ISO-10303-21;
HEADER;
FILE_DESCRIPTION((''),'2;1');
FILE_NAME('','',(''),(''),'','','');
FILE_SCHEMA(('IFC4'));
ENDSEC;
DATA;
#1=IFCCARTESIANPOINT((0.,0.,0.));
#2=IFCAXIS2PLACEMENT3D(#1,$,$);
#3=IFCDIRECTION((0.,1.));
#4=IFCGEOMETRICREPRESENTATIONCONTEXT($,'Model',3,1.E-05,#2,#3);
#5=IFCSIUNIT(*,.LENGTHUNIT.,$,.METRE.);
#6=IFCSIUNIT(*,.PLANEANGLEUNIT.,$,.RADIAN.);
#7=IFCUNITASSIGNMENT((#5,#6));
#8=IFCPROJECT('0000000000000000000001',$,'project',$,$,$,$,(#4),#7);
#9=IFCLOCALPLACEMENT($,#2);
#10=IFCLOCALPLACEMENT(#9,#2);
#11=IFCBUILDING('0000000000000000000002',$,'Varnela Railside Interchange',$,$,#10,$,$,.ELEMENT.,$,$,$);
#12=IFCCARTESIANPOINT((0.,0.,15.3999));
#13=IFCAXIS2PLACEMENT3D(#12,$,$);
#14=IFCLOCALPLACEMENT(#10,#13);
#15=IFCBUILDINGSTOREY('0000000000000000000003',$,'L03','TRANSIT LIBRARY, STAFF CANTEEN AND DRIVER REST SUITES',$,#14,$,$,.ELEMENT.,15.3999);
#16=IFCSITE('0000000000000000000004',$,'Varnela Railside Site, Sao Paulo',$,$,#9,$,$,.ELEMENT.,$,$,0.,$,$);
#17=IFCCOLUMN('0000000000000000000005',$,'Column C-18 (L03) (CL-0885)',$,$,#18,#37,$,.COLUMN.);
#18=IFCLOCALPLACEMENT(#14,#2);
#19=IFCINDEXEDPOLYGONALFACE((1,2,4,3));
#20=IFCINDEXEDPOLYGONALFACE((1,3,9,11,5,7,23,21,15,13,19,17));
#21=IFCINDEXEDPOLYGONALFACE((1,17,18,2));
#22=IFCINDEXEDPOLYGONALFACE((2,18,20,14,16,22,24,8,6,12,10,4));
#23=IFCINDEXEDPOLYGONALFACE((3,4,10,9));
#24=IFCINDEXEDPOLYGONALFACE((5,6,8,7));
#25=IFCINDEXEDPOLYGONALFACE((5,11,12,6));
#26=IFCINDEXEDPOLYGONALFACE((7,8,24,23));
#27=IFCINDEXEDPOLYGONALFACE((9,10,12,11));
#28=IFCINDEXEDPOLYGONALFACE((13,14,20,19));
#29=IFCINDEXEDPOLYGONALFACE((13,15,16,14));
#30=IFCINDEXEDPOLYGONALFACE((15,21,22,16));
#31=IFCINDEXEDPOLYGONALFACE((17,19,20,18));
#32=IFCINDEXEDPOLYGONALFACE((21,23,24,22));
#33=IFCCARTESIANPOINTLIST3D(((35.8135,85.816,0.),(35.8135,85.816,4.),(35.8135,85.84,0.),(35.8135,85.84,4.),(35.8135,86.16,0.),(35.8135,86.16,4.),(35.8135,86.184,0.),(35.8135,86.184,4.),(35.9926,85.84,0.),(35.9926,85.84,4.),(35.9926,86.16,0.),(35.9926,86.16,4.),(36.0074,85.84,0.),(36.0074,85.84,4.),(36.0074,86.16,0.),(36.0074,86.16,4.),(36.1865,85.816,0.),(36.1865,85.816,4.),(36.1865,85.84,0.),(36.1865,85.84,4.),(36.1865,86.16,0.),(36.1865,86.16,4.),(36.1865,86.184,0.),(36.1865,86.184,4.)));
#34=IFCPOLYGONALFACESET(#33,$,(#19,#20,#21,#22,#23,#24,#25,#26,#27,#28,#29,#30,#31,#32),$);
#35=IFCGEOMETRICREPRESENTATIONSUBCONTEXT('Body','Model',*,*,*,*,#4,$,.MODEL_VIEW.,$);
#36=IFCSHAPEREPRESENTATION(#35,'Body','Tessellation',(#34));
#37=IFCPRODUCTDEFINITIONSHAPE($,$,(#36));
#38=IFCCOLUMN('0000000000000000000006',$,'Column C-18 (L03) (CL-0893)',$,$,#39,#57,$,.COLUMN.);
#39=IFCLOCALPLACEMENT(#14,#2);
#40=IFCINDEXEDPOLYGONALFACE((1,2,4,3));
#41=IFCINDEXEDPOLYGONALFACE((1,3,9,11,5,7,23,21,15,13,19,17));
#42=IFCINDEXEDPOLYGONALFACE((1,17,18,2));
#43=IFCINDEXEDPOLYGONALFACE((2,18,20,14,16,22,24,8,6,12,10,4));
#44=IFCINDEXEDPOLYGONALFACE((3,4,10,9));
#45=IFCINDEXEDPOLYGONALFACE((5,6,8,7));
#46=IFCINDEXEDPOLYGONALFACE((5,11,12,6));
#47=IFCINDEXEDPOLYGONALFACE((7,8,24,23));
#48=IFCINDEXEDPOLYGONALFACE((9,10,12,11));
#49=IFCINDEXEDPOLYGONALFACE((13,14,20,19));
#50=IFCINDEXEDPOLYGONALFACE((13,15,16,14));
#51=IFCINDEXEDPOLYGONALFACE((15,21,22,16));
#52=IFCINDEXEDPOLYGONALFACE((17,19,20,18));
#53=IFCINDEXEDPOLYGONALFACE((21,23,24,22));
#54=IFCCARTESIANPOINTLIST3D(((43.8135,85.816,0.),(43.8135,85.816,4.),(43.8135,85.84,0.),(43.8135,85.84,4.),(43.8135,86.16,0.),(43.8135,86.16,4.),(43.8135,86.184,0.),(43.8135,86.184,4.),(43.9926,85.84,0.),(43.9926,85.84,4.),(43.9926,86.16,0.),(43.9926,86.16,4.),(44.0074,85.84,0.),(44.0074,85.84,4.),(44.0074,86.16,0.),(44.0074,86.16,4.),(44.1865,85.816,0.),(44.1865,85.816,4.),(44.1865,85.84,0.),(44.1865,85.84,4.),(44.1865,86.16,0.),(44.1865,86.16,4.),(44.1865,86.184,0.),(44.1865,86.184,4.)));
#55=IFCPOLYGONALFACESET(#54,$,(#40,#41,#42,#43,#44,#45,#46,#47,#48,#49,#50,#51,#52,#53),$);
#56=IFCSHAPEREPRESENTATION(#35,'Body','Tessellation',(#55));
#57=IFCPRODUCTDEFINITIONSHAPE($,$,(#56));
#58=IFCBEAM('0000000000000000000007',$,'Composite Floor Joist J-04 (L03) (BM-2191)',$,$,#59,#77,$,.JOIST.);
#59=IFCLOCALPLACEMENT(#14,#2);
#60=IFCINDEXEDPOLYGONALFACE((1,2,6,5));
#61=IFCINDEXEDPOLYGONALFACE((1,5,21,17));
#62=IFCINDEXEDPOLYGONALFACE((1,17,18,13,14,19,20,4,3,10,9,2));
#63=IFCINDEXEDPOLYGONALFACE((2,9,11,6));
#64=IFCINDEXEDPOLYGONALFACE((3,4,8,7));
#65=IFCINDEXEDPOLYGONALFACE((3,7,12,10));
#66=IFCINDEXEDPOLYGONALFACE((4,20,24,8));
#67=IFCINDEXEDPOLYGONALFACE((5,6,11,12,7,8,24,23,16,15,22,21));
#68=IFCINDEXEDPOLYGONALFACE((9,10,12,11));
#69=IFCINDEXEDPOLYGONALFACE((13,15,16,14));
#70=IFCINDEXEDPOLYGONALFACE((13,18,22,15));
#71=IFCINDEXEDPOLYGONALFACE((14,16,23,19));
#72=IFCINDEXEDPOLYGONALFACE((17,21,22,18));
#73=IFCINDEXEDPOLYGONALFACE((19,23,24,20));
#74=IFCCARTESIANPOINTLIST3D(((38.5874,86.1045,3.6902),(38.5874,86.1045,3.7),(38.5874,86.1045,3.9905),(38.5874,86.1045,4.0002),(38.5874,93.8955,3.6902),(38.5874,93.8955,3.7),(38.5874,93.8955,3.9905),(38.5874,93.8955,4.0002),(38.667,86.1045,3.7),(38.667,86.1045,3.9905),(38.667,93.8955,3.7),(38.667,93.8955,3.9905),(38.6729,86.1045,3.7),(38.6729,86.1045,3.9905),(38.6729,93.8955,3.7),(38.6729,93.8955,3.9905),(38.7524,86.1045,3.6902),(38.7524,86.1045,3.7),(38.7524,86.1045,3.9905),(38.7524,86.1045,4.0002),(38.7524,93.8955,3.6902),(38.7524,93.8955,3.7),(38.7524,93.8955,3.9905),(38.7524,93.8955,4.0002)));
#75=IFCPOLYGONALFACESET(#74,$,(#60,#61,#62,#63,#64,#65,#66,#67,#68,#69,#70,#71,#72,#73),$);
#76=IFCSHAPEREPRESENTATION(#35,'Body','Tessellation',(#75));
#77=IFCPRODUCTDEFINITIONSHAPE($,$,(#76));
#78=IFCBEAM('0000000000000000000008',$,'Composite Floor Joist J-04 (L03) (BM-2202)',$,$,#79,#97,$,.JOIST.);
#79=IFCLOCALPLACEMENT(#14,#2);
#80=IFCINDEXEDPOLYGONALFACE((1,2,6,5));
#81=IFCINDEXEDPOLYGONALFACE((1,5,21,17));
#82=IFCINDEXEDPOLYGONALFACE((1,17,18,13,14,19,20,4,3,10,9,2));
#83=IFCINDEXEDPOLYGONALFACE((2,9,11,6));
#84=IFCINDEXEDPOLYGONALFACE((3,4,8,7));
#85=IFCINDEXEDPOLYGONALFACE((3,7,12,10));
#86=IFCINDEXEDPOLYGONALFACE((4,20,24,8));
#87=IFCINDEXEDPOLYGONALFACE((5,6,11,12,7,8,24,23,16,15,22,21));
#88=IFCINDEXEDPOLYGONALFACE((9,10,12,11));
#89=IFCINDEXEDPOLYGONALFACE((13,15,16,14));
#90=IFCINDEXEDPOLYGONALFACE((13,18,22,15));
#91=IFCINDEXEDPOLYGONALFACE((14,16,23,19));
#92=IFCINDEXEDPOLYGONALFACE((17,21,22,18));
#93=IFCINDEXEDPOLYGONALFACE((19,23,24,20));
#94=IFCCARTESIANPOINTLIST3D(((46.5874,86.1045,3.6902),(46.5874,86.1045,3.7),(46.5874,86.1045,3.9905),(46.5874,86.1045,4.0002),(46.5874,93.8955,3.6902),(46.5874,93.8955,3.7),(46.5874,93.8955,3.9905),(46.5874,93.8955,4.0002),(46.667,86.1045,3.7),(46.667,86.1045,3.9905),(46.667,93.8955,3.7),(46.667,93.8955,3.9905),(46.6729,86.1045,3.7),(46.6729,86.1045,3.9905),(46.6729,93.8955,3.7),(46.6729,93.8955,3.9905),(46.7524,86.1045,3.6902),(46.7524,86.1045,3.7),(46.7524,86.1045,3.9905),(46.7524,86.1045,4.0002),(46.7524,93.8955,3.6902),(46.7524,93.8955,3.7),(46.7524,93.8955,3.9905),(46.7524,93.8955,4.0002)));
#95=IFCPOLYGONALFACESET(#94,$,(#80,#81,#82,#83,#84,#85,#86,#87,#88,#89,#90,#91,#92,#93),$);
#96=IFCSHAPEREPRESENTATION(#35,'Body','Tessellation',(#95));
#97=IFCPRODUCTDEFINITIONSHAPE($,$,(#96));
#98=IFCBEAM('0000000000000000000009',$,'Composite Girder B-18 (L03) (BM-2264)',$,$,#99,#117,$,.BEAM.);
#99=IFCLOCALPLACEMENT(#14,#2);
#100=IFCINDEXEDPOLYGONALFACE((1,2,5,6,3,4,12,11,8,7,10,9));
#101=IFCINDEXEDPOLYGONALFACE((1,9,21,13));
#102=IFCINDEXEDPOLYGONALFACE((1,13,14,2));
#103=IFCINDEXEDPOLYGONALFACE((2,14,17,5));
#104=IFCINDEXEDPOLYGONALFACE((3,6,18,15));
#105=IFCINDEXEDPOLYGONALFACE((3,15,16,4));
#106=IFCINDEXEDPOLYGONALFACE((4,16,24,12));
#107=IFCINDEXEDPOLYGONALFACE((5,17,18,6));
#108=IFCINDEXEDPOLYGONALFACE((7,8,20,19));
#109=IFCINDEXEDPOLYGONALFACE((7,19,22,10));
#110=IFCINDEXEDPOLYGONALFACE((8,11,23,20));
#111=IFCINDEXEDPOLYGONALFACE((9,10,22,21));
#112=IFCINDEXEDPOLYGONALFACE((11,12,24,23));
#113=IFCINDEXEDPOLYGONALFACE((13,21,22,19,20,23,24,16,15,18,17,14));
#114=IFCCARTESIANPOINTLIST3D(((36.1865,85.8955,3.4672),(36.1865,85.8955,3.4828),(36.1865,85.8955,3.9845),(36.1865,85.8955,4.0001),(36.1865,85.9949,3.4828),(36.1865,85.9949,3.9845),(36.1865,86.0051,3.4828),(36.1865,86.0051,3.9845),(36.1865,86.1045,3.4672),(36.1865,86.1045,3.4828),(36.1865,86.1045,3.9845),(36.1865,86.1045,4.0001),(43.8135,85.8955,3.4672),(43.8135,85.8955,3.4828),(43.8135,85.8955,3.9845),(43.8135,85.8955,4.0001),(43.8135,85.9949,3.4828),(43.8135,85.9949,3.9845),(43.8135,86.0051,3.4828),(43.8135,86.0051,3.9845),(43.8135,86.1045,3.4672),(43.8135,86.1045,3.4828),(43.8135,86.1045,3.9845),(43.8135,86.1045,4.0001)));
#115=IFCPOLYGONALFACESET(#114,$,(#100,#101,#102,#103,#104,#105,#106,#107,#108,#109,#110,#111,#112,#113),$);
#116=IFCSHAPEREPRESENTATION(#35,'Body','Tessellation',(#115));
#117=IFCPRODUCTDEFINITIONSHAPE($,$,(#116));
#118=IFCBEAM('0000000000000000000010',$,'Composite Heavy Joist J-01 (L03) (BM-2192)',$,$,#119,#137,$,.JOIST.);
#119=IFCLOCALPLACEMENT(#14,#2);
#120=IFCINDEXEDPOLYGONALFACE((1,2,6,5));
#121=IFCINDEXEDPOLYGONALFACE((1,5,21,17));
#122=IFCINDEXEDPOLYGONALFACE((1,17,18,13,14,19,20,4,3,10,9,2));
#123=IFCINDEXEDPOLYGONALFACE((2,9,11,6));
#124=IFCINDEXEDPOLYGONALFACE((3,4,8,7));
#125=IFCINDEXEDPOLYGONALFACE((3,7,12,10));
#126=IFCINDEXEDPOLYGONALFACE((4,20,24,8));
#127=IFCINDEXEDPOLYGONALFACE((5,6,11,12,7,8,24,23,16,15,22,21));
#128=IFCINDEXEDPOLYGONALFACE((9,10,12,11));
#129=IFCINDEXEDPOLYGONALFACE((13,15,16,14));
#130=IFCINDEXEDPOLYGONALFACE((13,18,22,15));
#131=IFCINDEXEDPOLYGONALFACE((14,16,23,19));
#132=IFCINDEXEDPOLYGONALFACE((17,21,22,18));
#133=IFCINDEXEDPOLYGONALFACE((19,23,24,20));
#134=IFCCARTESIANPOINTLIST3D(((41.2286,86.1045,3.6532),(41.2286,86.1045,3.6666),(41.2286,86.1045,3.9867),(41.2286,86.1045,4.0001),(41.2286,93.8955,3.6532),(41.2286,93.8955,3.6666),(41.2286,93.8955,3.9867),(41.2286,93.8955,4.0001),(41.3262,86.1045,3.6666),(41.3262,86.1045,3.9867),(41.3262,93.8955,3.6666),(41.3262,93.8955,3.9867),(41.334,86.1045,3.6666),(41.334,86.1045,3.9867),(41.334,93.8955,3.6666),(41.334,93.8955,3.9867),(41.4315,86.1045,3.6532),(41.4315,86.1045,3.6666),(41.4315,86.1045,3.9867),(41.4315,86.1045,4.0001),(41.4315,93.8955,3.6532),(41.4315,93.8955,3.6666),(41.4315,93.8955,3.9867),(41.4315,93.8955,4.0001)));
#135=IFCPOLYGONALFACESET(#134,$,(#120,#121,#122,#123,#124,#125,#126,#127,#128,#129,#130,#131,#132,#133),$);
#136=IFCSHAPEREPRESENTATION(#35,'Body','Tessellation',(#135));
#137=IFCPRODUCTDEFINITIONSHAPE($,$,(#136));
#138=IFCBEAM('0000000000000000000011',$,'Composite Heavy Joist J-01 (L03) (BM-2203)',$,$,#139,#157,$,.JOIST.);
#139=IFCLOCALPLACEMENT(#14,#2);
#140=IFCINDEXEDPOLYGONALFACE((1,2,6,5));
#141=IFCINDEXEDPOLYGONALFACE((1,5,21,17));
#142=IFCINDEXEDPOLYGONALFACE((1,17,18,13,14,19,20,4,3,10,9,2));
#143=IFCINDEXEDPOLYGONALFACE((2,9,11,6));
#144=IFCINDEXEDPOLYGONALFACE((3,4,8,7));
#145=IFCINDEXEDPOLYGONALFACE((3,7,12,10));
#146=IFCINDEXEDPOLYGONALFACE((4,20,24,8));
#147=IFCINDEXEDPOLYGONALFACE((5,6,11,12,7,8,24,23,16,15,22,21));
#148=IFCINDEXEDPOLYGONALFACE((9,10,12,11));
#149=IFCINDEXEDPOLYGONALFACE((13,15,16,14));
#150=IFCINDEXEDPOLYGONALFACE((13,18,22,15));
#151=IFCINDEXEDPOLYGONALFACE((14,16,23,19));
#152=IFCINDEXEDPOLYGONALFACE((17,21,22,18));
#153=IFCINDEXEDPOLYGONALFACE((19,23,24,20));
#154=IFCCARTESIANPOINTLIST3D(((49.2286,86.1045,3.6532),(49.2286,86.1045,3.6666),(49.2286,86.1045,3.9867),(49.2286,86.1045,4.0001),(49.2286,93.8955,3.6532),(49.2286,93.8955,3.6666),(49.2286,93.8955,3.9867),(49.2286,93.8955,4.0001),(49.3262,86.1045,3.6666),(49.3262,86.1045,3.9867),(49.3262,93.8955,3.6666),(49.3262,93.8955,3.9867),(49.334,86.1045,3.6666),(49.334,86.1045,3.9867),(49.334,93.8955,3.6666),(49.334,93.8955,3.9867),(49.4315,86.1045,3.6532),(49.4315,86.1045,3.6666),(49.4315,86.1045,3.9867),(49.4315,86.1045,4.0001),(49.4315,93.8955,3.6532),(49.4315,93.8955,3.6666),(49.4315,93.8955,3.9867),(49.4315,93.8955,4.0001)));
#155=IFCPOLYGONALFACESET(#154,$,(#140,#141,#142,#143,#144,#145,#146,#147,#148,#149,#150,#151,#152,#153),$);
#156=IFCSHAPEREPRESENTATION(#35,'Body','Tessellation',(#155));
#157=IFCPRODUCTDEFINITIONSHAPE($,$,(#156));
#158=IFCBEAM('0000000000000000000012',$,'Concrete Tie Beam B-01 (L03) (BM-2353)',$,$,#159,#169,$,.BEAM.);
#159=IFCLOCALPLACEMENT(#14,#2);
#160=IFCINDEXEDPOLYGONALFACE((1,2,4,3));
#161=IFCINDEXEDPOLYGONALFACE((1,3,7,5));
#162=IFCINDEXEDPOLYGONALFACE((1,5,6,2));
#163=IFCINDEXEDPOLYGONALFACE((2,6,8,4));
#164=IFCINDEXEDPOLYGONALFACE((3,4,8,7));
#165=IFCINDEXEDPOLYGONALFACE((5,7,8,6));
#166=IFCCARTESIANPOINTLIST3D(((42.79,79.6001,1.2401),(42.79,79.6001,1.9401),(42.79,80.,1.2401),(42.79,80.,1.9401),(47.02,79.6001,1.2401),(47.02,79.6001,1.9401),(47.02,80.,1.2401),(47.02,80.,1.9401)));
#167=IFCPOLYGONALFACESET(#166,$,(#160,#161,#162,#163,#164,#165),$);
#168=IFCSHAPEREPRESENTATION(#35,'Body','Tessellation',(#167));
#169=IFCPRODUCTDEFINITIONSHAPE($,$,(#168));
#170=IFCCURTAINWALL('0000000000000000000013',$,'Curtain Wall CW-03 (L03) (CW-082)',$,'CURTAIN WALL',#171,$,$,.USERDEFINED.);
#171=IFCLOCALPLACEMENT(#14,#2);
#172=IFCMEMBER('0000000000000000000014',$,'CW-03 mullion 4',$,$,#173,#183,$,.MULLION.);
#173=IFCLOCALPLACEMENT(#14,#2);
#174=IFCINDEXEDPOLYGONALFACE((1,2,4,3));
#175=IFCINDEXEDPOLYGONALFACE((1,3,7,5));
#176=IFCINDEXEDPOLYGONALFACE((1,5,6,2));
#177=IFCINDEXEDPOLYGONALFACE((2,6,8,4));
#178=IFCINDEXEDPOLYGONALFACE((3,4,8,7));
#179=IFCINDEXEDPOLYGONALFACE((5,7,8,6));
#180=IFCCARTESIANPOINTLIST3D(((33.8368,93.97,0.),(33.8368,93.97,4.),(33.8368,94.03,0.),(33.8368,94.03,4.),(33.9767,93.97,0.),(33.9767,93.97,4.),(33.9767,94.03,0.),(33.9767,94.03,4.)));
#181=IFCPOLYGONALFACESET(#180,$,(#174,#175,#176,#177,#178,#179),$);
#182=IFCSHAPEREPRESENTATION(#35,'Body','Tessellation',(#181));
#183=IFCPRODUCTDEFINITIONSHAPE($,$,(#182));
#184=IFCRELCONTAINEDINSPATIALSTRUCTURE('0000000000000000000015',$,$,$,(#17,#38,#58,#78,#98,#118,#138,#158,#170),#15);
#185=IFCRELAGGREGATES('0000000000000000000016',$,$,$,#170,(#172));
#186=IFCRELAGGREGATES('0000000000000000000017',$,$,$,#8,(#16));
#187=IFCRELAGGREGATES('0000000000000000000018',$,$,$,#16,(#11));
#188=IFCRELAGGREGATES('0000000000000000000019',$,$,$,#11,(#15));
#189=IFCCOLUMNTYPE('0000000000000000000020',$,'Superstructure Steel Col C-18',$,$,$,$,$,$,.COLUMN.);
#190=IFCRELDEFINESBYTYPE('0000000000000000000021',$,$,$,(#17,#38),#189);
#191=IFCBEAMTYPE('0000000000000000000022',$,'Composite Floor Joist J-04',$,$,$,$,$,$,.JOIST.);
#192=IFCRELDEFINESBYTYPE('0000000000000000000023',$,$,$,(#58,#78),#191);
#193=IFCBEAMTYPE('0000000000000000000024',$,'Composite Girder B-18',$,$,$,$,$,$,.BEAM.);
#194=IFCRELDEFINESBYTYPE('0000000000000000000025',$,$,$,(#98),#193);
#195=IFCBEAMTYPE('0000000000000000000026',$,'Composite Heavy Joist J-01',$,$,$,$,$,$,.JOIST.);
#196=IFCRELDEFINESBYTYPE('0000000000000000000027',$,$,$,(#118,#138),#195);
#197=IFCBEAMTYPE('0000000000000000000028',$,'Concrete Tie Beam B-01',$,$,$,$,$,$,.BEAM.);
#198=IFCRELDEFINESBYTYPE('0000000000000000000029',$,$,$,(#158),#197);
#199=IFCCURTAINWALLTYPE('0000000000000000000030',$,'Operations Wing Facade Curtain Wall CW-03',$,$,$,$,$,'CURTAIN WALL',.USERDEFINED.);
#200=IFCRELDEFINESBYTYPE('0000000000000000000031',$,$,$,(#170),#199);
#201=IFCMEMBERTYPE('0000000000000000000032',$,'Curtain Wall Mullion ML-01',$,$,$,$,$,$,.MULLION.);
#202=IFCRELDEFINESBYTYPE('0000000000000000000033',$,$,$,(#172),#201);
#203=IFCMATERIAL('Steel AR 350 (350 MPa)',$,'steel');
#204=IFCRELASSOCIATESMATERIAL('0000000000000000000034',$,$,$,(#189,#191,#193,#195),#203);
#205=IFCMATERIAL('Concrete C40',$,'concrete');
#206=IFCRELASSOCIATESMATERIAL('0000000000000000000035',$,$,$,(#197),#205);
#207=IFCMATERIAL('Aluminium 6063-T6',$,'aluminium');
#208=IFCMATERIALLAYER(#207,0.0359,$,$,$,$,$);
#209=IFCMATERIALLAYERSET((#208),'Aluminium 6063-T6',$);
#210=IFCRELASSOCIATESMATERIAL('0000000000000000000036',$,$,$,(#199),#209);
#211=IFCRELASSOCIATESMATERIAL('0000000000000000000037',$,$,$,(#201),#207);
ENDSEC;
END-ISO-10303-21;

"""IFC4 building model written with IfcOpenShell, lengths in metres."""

from ifc_helpers import new_model, si_unit, direction, frame, origin, origin_2d, place, context, subcontext, project, spatial, rectangle, i_section, extrude, material, layer, layer_set, material_profile, profile_set, type_object, element, aggregate, save


model = new_model("IFC4")

# Units and contexts
model_context = context("Model", 3, precision=1e-05, world=origin(), true_north=direction((0.0, 1.0)))
body_context = subcontext(model_context, "Body", "Model", "MODEL_VIEW")
ifc_project = project(units=[si_unit("LENGTHUNIT", "METRE"), si_unit("PLANEANGLEUNIT", "RADIAN")], contexts=[model_context])

# Site, building, storey
site_placement = place(None, origin())
site = spatial("IfcSite", under=ifc_project, at=site_placement, Name="Varnela Railside Site, Sao Paulo", CompositionType="ELEMENT", RefElevation=0.0)
building_placement = place(site_placement, origin())
building = spatial("IfcBuilding", under=site, at=building_placement, Name="Varnela Railside Interchange", CompositionType="ELEMENT")
storey_placement = place(building_placement, frame((0.0, 0.0, 15.3999)))
storey = spatial("IfcBuildingStorey", under=building, at=storey_placement, Name="L03", Description="TRANSIT LIBRARY, STAFF CANTEEN AND DRIVER REST SUITES", CompositionType="ELEMENT", Elevation=15.3999)

# Columns
ifc_material_1 = material(Name="Steel AR 350 (350 MPa)", Category="steel")
ifc_material_profile_1 = material_profile(ifc_material_1, i_section(OverallWidth=0.373, OverallDepth=0.3679, WebThickness=0.0149, FlangeThickness=0.0239, at=origin_2d()), Name="W360x179")
ifc_profile_set_1 = profile_set([ifc_material_profile_1], Name="Steel AR 350 (350 MPa)")
column_type = type_object("IfcColumnType", Name="Superstructure Steel Col C-18", PredefinedType="COLUMN", material=ifc_profile_set_1)
for number, where, z_axis, x_axis, name in (
    (1, (36.0, 86.0, 0.0), (0.0, 0.0, 1.0), (1.0, 0.0, 0.0), "Column C-18 (L03) (CL-0885)"),
    (2, (44.0, 86.0, 0.0), (0.0, 0.0, 1.0), (1.0, 0.0, 0.0), "Column C-18 (L03) (CL-0893)"),
):
    element("IfcColumn", number, at=place(storey_placement, frame(where, z_axis=z_axis, x_axis=x_axis)), inside=storey, type_object=column_type, Name=name, PredefinedType="COLUMN", context=body_context, shape_type="SweptSolid", body=[
        extrude(i_section(OverallWidth=0.373, OverallDepth=0.3679, WebThickness=0.0149, FlangeThickness=0.0239, at=origin_2d()), origin(), (0.0, 0.0, 1.0), 4.0),
    ])

# Beams
ifc_material_profile_2 = material_profile(ifc_material_1, i_section(OverallWidth=0.165, OverallDepth=0.3101, WebThickness=0.0059, FlangeThickness=0.0098, at=origin_2d()), Name="W310x38.7")
ifc_profile_set_2 = profile_set([ifc_material_profile_2], Name="Steel AR 350 (350 MPa)")
beam_type_1 = type_object("IfcBeamType", Name="Composite Floor Joist J-04", PredefinedType="JOIST", material=ifc_profile_set_2)
for number, where, z_axis, x_axis, name in (
    (3, (38.6699, 86.1045, 3.8452), (0.0, 1.0, 0.0), (-1.0, 0.0, 0.0), "Composite Floor Joist J-04 (L03) (BM-2191)"),
    (4, (46.6699, 86.1045, 3.8452), (0.0, 1.0, 0.0), (-1.0, 0.0, 0.0), "Composite Floor Joist J-04 (L03) (BM-2202)"),
):
    element("IfcBeam", number, at=place(storey_placement, frame(where, z_axis=z_axis, x_axis=x_axis)), inside=storey, type_object=beam_type_1, Name=name, PredefinedType="JOIST", context=body_context, shape_type="SweptSolid", body=[
        extrude(i_section(OverallWidth=0.165, OverallDepth=0.3101, WebThickness=0.0059, FlangeThickness=0.0098, at=origin_2d()), origin(), (0.0, 0.0, 1.0), 7.791),
    ])
ifc_material_profile_3 = material_profile(ifc_material_1, i_section(OverallWidth=0.209, OverallDepth=0.533, WebThickness=0.0103, FlangeThickness=0.0156, at=origin_2d()), Name="W530x92")
ifc_profile_set_3 = profile_set([ifc_material_profile_3], Name="Steel AR 350 (350 MPa)")
beam_type_2 = type_object("IfcBeamType", Name="Composite Girder B-18", PredefinedType="BEAM", material=ifc_profile_set_3)
beam_1_placement = place(storey_placement, frame((36.1865, 86.0, 3.7336), z_axis=(1.0, 0.0, 0.0), x_axis=(0.0, 1.0, 0.0)))
element("IfcBeam", 5, at=beam_1_placement, inside=storey, type_object=beam_type_2, Name="Composite Girder B-18 (L03) (BM-2264)", PredefinedType="BEAM", context=body_context, shape_type="SweptSolid", body=[
    extrude(i_section(OverallWidth=0.209, OverallDepth=0.533, WebThickness=0.0103, FlangeThickness=0.0156, at=origin_2d()), origin(), (0.0, 0.0, 1.0), 7.627),
])
ifc_material_profile_4 = material_profile(ifc_material_1, i_section(OverallWidth=0.2029, OverallDepth=0.3469, WebThickness=0.0078, FlangeThickness=0.0134, at=origin_2d()), Name="W360x64")
ifc_profile_set_4 = profile_set([ifc_material_profile_4], Name="Steel AR 350 (350 MPa)")
beam_type_3 = type_object("IfcBeamType", Name="Composite Heavy Joist J-01", PredefinedType="JOIST", material=ifc_profile_set_4)
for number, where, z_axis, x_axis, name in (
    (6, (41.3301, 86.1045, 3.8267), (0.0, 1.0, 0.0), (-1.0, 0.0, 0.0), "Composite Heavy Joist J-01 (L03) (BM-2192)"),
    (7, (49.3301, 86.1045, 3.8267), (0.0, 1.0, 0.0), (-1.0, 0.0, 0.0), "Composite Heavy Joist J-01 (L03) (BM-2203)"),
):
    element("IfcBeam", number, at=place(storey_placement, frame(where, z_axis=z_axis, x_axis=x_axis)), inside=storey, type_object=beam_type_3, Name=name, PredefinedType="JOIST", context=body_context, shape_type="SweptSolid", body=[
        extrude(i_section(OverallWidth=0.2029, OverallDepth=0.3469, WebThickness=0.0078, FlangeThickness=0.0134, at=origin_2d()), origin(), (0.0, 0.0, 1.0), 7.791),
    ])
ifc_material_2 = material(Name="Concrete C40", Category="concrete")
ifc_material_profile_5 = material_profile(ifc_material_2, rectangle(XDim=0.3999, YDim=0.7, at=origin_2d()), Name="RC 400x700")
ifc_profile_set_5 = profile_set([ifc_material_profile_5], Name="Concrete C40")
beam_type_4 = type_object("IfcBeamType", Name="Concrete Tie Beam B-01", PredefinedType="BEAM", material=ifc_profile_set_5)
beam_2_placement = place(storey_placement, frame((42.79, 79.8, 1.5901), z_axis=(1.0, 0.0, 0.0), x_axis=(0.0, 1.0, 0.0)))
element("IfcBeam", 8, at=beam_2_placement, inside=storey, type_object=beam_type_4, Name="Concrete Tie Beam B-01 (L03) (BM-2353)", PredefinedType="BEAM", context=body_context, shape_type="SweptSolid", body=[
    extrude(rectangle(XDim=0.3999, YDim=0.7, at=origin_2d()), origin(), (0.0, 0.0, 1.0), 4.23),
])

# Curtain wall, member
ifc_material_3 = material(Name="Aluminium 6063-T6", Category="aluminium")
ifc_layer_1 = layer(ifc_material_3, 0.0359)
ifc_layer_set_1 = layer_set([ifc_layer_1], Name="Aluminium 6063-T6")
curtain_wall_type = type_object("IfcCurtainWallType", Name="Operations Wing Facade Curtain Wall CW-03", ElementType="CURTAIN WALL", PredefinedType="USERDEFINED", material=ifc_layer_set_1)
curtain_wall_placement = place(storey_placement, origin())
curtain_wall = element("IfcCurtainWall", 9, at=curtain_wall_placement, inside=storey, type_object=curtain_wall_type, Name="Curtain Wall CW-03 (L03) (CW-082)", ObjectType="CURTAIN WALL", PredefinedType="USERDEFINED")
ifc_material_profile_6 = material_profile(ifc_material_3, rectangle(XDim=0.0601, YDim=0.1399, at=origin_2d()), Name="ALU 60x140")
ifc_profile_set_6 = profile_set([ifc_material_profile_6], Name="Aluminium 6063-T6")
member_type = type_object("IfcMemberType", Name="Curtain Wall Mullion ML-01", PredefinedType="MULLION", material=ifc_profile_set_6)
member_placement = place(storey_placement, frame((33.9067, 94.0, 0.0), z_axis=(0.0, 0.0, 1.0), x_axis=(0.0, 1.0, 0.0)))
member = element("IfcMember", 10, at=member_placement, type_object=member_type, Name="CW-03 mullion 4", PredefinedType="MULLION", context=body_context, shape_type="SweptSolid", body=[
    extrude(rectangle(XDim=0.0601, YDim=0.1399, at=origin_2d()), origin(), (0.0, 0.0, 1.0), 4.0),
])
aggregate(curtain_wall, [member])

save(model, "model.ifc")
